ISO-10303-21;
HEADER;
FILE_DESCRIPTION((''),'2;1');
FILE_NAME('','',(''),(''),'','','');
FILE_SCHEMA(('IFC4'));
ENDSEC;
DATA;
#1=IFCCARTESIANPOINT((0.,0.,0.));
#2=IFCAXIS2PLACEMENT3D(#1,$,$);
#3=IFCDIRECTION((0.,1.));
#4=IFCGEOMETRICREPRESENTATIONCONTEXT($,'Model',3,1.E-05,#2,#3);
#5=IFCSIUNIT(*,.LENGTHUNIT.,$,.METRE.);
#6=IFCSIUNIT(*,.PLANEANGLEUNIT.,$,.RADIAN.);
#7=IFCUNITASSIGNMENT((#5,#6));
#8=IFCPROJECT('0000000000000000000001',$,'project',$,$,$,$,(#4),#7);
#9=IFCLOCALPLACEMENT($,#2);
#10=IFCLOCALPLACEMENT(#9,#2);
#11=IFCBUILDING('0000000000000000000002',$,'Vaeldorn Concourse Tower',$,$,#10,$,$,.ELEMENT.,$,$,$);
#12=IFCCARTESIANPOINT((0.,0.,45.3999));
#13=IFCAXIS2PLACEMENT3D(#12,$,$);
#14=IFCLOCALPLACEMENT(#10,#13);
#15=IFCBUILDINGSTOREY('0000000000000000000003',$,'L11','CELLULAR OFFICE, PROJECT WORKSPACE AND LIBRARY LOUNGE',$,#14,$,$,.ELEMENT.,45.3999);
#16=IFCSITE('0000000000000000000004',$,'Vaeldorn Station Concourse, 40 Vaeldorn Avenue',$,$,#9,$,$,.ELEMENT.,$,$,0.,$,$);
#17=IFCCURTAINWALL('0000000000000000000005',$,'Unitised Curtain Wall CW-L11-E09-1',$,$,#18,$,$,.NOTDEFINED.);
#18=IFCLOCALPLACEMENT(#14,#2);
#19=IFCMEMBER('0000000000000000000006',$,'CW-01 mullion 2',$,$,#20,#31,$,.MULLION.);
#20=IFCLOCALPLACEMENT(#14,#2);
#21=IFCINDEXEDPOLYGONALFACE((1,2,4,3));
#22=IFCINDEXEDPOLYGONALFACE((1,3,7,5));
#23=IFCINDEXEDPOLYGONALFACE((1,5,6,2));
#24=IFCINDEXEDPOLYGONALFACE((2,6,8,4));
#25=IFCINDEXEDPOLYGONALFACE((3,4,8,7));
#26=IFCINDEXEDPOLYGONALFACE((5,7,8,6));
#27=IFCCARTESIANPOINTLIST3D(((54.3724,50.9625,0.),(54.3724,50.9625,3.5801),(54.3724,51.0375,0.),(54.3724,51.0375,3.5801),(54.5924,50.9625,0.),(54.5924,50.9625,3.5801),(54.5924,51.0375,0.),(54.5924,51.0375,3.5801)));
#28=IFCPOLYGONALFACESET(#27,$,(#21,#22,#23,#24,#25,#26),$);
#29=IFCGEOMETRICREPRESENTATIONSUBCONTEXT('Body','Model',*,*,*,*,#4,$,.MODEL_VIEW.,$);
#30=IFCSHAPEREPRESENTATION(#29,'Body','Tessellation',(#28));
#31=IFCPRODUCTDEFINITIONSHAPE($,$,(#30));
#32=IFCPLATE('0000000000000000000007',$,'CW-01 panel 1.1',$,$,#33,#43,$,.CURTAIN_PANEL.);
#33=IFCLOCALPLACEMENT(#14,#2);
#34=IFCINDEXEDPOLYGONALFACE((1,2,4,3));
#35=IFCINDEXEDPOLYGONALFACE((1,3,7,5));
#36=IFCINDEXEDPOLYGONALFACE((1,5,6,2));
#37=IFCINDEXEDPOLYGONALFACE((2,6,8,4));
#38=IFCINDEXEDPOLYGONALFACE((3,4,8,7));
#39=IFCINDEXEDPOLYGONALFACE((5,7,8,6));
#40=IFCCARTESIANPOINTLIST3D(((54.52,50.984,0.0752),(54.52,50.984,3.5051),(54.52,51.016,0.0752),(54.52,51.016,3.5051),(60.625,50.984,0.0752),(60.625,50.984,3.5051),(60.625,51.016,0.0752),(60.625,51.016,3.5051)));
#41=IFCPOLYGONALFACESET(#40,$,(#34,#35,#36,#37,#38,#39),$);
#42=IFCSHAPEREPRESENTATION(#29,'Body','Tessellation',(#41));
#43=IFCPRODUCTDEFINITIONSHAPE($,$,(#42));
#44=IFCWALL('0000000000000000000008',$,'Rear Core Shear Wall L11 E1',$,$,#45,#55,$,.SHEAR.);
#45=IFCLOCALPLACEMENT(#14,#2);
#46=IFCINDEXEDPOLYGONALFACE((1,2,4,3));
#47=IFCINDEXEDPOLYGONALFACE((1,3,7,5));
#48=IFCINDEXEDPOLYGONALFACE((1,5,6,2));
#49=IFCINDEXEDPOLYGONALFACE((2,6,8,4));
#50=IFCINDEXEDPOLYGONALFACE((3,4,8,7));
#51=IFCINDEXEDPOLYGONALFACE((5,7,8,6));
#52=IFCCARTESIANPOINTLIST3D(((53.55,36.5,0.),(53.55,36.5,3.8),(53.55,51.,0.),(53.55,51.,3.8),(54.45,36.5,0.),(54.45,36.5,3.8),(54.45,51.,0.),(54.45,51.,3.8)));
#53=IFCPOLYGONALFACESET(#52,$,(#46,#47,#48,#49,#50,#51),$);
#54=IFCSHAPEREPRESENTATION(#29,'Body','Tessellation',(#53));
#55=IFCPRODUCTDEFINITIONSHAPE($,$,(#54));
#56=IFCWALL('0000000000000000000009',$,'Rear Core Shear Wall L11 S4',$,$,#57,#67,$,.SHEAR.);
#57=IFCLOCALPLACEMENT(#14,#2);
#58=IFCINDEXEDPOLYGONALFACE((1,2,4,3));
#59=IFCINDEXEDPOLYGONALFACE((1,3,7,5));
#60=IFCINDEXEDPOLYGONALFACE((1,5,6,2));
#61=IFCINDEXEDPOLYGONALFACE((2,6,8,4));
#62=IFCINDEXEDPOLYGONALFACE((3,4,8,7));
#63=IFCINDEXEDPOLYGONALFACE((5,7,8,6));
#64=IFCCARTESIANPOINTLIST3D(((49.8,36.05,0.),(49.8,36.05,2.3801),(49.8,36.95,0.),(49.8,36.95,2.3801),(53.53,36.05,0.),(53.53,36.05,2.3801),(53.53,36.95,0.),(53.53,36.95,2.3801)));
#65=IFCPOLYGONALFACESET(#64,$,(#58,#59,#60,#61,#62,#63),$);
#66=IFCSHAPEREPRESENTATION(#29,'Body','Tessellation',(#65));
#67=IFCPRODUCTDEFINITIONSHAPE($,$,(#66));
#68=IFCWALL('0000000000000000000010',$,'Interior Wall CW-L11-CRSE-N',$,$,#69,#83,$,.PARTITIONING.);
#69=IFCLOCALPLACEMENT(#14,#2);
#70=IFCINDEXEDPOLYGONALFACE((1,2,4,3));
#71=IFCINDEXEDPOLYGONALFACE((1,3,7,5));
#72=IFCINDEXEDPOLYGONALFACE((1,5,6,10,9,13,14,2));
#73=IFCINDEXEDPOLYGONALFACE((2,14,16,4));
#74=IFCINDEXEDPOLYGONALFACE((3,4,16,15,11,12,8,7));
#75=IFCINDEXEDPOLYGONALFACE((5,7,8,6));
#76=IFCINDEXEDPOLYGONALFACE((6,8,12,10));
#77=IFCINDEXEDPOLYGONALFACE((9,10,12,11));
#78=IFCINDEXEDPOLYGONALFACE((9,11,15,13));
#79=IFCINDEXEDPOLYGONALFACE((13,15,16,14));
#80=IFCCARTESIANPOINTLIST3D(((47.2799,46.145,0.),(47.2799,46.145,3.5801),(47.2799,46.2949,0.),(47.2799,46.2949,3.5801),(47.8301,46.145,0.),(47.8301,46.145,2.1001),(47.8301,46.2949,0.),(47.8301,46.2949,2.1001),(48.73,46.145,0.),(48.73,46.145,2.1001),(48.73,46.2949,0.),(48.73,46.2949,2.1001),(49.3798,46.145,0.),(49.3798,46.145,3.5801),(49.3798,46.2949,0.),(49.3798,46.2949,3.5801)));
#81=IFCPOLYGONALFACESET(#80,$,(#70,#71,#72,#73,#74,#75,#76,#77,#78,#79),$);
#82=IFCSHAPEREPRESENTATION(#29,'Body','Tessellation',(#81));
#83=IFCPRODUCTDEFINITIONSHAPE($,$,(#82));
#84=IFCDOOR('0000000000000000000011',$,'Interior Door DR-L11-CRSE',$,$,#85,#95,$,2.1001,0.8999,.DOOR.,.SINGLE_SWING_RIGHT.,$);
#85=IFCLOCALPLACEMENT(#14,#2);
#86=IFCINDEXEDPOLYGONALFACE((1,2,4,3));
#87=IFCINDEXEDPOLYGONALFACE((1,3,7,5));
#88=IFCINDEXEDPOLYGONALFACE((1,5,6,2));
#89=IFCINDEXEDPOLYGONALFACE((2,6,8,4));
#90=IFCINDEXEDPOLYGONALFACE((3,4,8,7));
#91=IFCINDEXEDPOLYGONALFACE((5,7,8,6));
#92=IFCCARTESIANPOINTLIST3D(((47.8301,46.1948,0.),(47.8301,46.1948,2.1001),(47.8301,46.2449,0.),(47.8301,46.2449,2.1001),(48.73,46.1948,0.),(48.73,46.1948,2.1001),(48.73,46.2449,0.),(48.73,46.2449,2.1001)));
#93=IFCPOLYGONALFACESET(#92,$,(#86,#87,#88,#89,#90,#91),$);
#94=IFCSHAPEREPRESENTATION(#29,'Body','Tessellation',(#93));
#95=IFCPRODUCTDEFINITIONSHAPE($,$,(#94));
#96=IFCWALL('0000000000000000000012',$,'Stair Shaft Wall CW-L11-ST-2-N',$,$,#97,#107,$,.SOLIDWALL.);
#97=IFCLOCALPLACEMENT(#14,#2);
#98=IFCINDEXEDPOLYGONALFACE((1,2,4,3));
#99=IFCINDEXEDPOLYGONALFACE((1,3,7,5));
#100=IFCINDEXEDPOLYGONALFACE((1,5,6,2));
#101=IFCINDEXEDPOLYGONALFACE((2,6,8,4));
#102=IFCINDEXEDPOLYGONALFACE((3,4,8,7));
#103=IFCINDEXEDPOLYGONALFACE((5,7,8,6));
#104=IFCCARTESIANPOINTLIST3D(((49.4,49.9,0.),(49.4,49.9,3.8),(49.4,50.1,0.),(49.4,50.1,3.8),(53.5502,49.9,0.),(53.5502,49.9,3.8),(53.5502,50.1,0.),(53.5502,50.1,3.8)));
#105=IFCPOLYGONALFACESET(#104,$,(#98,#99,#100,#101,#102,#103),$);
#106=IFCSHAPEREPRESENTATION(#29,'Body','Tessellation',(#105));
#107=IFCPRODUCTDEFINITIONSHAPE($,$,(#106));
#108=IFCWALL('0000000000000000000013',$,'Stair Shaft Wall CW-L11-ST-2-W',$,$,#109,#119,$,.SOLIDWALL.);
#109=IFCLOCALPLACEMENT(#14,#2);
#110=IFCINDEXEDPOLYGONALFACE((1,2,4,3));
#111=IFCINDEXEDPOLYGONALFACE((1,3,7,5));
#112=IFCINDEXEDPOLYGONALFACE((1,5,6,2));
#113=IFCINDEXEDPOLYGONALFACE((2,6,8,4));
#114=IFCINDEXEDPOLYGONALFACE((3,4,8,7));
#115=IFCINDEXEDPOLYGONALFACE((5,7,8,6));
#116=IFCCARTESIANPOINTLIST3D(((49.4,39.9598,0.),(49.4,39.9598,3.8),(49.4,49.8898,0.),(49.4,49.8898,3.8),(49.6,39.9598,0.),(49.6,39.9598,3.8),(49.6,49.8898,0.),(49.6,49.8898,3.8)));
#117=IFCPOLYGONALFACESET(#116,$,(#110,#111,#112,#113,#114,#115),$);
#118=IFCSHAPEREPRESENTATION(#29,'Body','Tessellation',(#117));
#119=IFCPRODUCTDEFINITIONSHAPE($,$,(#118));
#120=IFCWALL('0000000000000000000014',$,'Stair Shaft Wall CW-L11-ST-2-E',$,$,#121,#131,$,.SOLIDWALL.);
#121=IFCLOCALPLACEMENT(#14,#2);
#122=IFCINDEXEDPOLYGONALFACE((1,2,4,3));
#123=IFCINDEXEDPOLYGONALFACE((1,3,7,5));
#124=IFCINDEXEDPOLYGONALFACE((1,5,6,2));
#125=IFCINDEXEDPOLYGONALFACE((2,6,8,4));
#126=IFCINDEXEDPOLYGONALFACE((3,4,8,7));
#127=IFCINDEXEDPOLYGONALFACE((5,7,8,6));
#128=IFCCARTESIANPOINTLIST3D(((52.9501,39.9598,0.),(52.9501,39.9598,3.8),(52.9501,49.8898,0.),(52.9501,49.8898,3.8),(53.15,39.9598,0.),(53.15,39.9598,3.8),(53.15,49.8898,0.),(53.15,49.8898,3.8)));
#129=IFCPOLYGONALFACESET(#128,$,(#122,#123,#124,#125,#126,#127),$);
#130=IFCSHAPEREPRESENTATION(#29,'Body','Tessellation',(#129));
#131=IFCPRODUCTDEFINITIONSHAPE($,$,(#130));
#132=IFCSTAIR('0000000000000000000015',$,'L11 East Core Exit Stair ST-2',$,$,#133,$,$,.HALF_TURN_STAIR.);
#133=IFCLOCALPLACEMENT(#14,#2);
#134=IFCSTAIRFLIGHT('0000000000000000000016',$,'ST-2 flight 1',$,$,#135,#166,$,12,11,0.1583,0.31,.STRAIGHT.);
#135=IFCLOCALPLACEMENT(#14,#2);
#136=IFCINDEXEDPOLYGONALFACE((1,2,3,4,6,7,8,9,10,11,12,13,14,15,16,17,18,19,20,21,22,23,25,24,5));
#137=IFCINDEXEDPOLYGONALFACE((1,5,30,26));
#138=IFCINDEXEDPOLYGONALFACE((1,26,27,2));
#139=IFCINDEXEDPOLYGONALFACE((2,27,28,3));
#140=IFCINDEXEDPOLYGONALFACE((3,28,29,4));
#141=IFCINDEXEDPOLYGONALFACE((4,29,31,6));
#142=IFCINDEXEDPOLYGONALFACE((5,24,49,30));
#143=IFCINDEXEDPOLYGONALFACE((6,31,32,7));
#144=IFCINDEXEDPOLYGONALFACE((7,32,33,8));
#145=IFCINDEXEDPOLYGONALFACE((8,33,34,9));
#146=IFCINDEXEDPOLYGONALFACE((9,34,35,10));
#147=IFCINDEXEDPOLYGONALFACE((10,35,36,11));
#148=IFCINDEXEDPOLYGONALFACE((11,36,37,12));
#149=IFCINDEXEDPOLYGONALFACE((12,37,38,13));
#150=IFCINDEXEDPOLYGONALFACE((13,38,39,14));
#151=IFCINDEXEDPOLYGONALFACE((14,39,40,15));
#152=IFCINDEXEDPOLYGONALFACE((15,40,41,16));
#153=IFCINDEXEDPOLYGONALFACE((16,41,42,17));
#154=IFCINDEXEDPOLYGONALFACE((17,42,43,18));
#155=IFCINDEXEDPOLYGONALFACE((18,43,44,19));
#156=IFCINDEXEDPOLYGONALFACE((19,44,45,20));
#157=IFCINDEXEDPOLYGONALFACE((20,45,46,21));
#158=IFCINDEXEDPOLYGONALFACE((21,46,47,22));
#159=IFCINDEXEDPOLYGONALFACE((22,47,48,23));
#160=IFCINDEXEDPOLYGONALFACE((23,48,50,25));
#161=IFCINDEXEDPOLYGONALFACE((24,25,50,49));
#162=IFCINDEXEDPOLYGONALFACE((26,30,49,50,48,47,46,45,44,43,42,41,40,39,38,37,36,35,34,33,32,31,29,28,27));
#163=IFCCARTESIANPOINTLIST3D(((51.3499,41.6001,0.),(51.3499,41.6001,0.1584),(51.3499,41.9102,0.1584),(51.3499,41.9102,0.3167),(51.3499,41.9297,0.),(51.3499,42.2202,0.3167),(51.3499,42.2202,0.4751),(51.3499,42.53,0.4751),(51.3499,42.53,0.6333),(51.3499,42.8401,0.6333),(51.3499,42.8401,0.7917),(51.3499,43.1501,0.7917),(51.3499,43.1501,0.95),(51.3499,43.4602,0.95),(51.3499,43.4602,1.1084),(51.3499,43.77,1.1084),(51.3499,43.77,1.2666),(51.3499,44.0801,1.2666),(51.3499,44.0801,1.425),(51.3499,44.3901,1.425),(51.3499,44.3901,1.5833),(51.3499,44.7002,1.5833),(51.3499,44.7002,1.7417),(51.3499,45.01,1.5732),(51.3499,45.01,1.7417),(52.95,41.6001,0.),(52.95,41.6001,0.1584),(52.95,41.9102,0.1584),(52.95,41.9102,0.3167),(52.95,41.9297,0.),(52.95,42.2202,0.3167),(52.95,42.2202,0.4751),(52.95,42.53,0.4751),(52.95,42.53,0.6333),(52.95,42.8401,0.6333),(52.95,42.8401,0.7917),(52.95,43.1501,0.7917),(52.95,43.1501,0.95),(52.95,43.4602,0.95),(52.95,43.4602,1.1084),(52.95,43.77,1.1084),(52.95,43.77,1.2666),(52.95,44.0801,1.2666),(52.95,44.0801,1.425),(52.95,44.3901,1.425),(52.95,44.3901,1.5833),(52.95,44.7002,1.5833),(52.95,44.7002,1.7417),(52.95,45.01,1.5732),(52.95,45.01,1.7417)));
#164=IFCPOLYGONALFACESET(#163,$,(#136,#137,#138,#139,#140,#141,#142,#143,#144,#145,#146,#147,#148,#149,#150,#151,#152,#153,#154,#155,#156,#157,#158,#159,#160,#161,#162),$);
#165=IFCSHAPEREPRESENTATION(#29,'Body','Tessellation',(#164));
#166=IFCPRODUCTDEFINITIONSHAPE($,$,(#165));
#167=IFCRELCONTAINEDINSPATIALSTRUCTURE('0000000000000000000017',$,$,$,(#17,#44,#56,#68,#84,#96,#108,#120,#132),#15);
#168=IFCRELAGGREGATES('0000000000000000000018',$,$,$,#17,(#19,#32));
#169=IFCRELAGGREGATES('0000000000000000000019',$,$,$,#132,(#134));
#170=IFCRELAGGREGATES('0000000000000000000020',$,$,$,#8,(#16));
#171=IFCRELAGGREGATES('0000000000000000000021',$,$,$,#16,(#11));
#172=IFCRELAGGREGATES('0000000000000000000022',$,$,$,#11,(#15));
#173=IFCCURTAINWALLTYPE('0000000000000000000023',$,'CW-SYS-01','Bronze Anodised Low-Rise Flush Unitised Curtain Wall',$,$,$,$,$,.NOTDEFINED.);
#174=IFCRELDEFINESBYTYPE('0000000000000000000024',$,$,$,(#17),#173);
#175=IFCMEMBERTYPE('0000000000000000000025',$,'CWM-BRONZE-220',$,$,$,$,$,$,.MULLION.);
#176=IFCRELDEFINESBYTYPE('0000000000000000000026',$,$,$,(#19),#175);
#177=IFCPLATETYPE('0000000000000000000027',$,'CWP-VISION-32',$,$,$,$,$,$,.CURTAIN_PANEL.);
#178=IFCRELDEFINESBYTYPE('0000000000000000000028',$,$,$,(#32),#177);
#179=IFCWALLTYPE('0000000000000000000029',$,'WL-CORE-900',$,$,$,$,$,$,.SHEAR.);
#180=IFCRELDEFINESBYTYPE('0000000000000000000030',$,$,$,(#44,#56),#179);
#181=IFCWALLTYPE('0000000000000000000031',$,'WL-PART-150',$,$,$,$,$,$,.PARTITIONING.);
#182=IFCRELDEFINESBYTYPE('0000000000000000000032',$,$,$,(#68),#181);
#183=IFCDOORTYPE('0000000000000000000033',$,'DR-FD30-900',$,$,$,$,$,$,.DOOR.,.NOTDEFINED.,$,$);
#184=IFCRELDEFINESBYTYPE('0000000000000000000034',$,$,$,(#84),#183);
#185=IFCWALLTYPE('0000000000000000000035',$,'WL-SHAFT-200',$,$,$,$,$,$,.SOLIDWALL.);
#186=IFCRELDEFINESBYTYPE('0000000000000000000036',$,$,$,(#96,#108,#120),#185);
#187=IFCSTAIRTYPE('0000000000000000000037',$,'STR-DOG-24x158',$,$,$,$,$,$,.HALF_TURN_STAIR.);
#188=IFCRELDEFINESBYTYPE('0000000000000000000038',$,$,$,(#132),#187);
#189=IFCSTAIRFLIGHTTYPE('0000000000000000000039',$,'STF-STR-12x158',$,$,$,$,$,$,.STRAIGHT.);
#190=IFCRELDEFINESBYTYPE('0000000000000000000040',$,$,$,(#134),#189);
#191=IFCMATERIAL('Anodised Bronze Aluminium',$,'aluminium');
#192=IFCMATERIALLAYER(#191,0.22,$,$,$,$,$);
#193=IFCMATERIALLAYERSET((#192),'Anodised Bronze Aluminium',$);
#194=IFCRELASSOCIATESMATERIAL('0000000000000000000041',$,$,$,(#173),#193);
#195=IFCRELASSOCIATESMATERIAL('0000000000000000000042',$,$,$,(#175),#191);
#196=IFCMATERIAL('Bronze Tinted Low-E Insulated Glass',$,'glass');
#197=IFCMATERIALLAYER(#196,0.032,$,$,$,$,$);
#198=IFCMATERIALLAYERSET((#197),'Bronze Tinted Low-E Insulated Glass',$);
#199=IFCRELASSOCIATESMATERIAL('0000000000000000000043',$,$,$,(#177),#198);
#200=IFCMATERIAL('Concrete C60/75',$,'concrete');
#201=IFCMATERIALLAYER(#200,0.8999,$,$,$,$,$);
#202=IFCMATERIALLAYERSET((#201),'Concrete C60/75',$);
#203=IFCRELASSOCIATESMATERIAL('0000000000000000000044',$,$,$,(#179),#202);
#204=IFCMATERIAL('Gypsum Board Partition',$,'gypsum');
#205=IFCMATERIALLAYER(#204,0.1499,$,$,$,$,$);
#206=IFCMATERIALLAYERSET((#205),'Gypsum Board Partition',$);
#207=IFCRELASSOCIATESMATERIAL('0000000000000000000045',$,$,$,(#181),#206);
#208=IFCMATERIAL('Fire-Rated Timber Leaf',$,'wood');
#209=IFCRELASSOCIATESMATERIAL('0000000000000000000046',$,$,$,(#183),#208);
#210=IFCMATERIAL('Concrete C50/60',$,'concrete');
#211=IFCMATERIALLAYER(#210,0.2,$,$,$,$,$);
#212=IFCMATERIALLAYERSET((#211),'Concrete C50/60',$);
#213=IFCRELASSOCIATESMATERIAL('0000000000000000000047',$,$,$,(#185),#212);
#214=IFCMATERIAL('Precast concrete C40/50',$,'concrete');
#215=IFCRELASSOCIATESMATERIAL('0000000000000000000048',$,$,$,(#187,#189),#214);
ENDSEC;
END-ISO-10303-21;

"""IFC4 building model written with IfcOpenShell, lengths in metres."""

from ifc_helpers import new_model, si_unit, direction, frame, frame_2d, origin, origin_2d, place, context, subcontext, project, spatial, polyline, rectangle, outline, extrude, source, transform, mapped, material, layer, layer_set, material_profile, profile_set, type_object, element, fill, aggregate, save


model = new_model("IFC4")

# Units and contexts
model_context = context("Model", 3, precision=1e-05, world=origin(), true_north=direction((0.0, 1.0)))
body_context = subcontext(model_context, "Body", "Model", "MODEL_VIEW")
ifc_project = project(units=[si_unit("LENGTHUNIT", "METRE"), si_unit("PLANEANGLEUNIT", "RADIAN")], contexts=[model_context])

# Site, building, storey
site_placement = place(None, origin())
site = spatial("IfcSite", under=ifc_project, at=site_placement, Name="Vaeldorn Station Concourse, 40 Vaeldorn Avenue", CompositionType="ELEMENT", RefElevation=0.0)
building_placement = place(site_placement, origin())
building = spatial("IfcBuilding", under=site, at=building_placement, Name="Vaeldorn Concourse Tower", CompositionType="ELEMENT")
storey_placement = place(building_placement, frame((0.0, 0.0, 45.3999)))
storey = spatial("IfcBuildingStorey", under=building, at=storey_placement, Name="L11", Description="CELLULAR OFFICE, PROJECT WORKSPACE AND LIBRARY LOUNGE", CompositionType="ELEMENT", Elevation=45.3999)

# Shared definitions
ifc_material_1 = material(Name="Concrete C60/75", Category="concrete")

# Curtain wall, member, plate
ifc_material_2 = material(Name="Anodised Bronze Aluminium", Category="aluminium")
ifc_layer_1 = layer(ifc_material_2, 0.22)
ifc_layer_set_1 = layer_set([ifc_layer_1], Name="Anodised Bronze Aluminium")
curtain_wall_type = type_object("IfcCurtainWallType", Name="CW-SYS-01", Description="Bronze Anodised Low-Rise Flush Unitised Curtain Wall", PredefinedType="NOTDEFINED", material=ifc_layer_set_1)
curtain_wall_placement = place(storey_placement, origin())
curtain_wall = element("IfcCurtainWall", 1, at=curtain_wall_placement, inside=storey, type_object=curtain_wall_type, Name="Unitised Curtain Wall CW-L11-E09-1", PredefinedType="NOTDEFINED")
ifc_material_profile_1 = material_profile(ifc_material_2, rectangle(XDim=0.075, YDim=0.22, at=origin_2d()), Name="CWM 75x220")
ifc_profile_set_1 = profile_set([ifc_material_profile_1], Name="Anodised Bronze Aluminium")
member_type = type_object("IfcMemberType", Name="CWM-BRONZE-220", PredefinedType="MULLION", material=ifc_profile_set_1)
shared_shape_1 = source(origin(), body_context, "Body", "SweptSolid", [
    extrude(rectangle(XDim=0.075, YDim=0.22, at=origin_2d()), origin(), (0.0, 0.0, 1.0), 3.5801),
])
member_placement = place(storey_placement, frame((54.4824, 51.0, 0.0), z_axis=(0.0, 0.0, 1.0), x_axis=(0.0, -1.0, 0.0)))
member = element("IfcMember", 2, at=member_placement, type_object=member_type, Name="CW-01 mullion 2", PredefinedType="MULLION", context=body_context, shape_type="MappedRepresentation", body=[
    mapped(shared_shape_1, transform((0.0, 0.0, 0.0), scale=1.0)),
])
ifc_material_3 = material(Name="Bronze Tinted Low-E Insulated Glass", Category="glass")
ifc_layer_2 = layer(ifc_material_3, 0.032)
ifc_layer_set_2 = layer_set([ifc_layer_2], Name="Bronze Tinted Low-E Insulated Glass")
plate_type = type_object("IfcPlateType", Name="CWP-VISION-32", PredefinedType="CURTAIN_PANEL", material=ifc_layer_set_2)
shared_shape_2 = source(origin(), body_context, "Body", "SweptSolid", [
    extrude(rectangle(XDim=6.105, YDim=0.032, at=origin_2d()), origin(), (0.0, 0.0, 1.0), 3.4299),
])
plate_placement = place(storey_placement, frame((57.5725, 51.0, 0.0752), z_axis=(0.0, 0.0, 1.0), x_axis=(-1.0, 0.0, 0.0)))
plate = element("IfcPlate", 3, at=plate_placement, type_object=plate_type, Name="CW-01 panel 1.1", PredefinedType="CURTAIN_PANEL", context=body_context, shape_type="MappedRepresentation", body=[
    mapped(shared_shape_2, transform((0.0, 0.0, 0.0), scale=1.0)),
])
aggregate(curtain_wall, [member, plate])

# Walls
ifc_layer_3 = layer(ifc_material_1, 0.8999)
ifc_layer_set_3 = layer_set([ifc_layer_3], Name="Concrete C60/75")
wall_type_1 = type_object("IfcWallType", Name="WL-CORE-900", PredefinedType="SHEAR", material=ifc_layer_set_3)
wall_1_placement = place(storey_placement, frame((54.0, 36.5, 0.0), z_axis=(0.0, 0.0, 1.0), x_axis=(0.0, 1.0, 0.0)))
element("IfcWall", 4, at=wall_1_placement, inside=storey, type_object=wall_type_1, Name="Rear Core Shear Wall L11 E1", PredefinedType="SHEAR", context=body_context, shape_type="SweptSolid", body=[
    extrude(rectangle(XDim=14.5, YDim=0.8999, at=frame_2d((7.25, 0.0))), origin(), (0.0, 0.0, 1.0), 3.8),
])
wall_2_placement = place(storey_placement, frame((49.8, 36.5, 0.0), z_axis=(0.0, 0.0, 1.0), x_axis=(1.0, 0.0, 0.0)))
element("IfcWall", 5, at=wall_2_placement, inside=storey, type_object=wall_type_1, Name="Rear Core Shear Wall L11 S4", PredefinedType="SHEAR", context=body_context, shape_type="SweptSolid", body=[
    extrude(rectangle(XDim=3.73, YDim=0.8999, at=frame_2d((1.865, 0.0))), origin(), (0.0, 0.0, 1.0), 2.3801),
])

# Wall, opening, door
ifc_material_4 = material(Name="Gypsum Board Partition", Category="gypsum")
ifc_layer_4 = layer(ifc_material_4, 0.1499)
ifc_layer_set_4 = layer_set([ifc_layer_4], Name="Gypsum Board Partition")
wall_type_2 = type_object("IfcWallType", Name="WL-PART-150", PredefinedType="PARTITIONING", material=ifc_layer_set_4)
wall_3_placement = place(storey_placement, frame((47.28, 46.22, 0.0), z_axis=(0.0, 0.0, 1.0), x_axis=(1.0, 0.0, 0.0)))
wall_3 = element("IfcWall", 6, at=wall_3_placement, inside=storey, type_object=wall_type_2, Name="Interior Wall CW-L11-CRSE-N", PredefinedType="PARTITIONING", context=body_context, shape_type="SweptSolid", body=[
    extrude(rectangle(XDim=2.0999, YDim=0.1499, at=frame_2d((1.0498, 0.0))), origin(), (0.0, 0.0, 1.0), 3.5801),
])
opening_1_placement = place(wall_3_placement, frame((0.55, 0.0, 0.0)))
opening_1 = element("IfcOpeningElement", 7, at=opening_1_placement, cuts=wall_3, PredefinedType="OPENING", context=body_context, shape_type="SweptSolid", body=[
    extrude(rectangle(XDim=0.8999, YDim=2.1001, at=frame_2d((0.45, 1.05))), frame((0.0, 0.085, 0.0), z_axis=(0.0, -1.0, 0.0), x_axis=(1.0, 0.0, 0.0)), (0.0, 0.0, 1.0), 0.1699),
])
ifc_material_5 = material(Name="Fire-Rated Timber Leaf", Category="wood")
door_type_1 = type_object("IfcDoorType", Name="DR-FD30-900", OperationType="NOTDEFINED", PredefinedType="DOOR", material=ifc_material_5)
shared_shape_3 = source(origin(), body_context, "Body", "SweptSolid", [
    extrude(rectangle(XDim=0.8999, YDim=2.1001, at=frame_2d((0.45, 1.05))), frame((0.0, 0.0249, 0.0), z_axis=(0.0, -1.0, 0.0), x_axis=(1.0, 0.0, 0.0)), (0.0, 0.0, 1.0), 0.05),
])
door_1_placement = place(opening_1_placement, origin())
door_1 = element("IfcDoor", 8, at=door_1_placement, inside=storey, type_object=door_type_1, Name="Interior Door DR-L11-CRSE", OperationType="SINGLE_SWING_RIGHT", OverallHeight=2.1001, OverallWidth=0.8999, PredefinedType="DOOR", context=body_context, shape_type="MappedRepresentation", body=[
    mapped(shared_shape_3, transform((0.0, 0.0, 0.0), scale=1.0)),
])
fill(opening_1, door_1)
ifc_material_6 = material(Name="Concrete C50/60", Category="concrete")
ifc_layer_5 = layer(ifc_material_6, 0.2)
ifc_layer_set_5 = layer_set([ifc_layer_5], Name="Concrete C50/60")
wall_type_3 = type_object("IfcWallType", Name="WL-SHAFT-200", PredefinedType="SOLIDWALL", material=ifc_layer_set_5)

# Walls
wall_4_placement = place(storey_placement, frame((49.3999, 50.0, 0.0), z_axis=(0.0, 0.0, 1.0), x_axis=(1.0, 0.0, 0.0)))
element("IfcWall", 9, at=wall_4_placement, inside=storey, type_object=wall_type_3, Name="Stair Shaft Wall CW-L11-ST-2-N", PredefinedType="SOLIDWALL", context=body_context, shape_type="SweptSolid", body=[
    extrude(rectangle(XDim=4.1501, YDim=0.2, at=frame_2d((2.0752, 0.0))), origin(), (0.0, 0.0, 1.0), 3.8),
])
for number, where, z_axis, x_axis, name in (
    (10, (49.5, 39.96, 0.0), (0.0, 0.0, 1.0), (0.0, 1.0, 0.0), "Stair Shaft Wall CW-L11-ST-2-W"),
    (11, (53.05, 39.96, 0.0), (0.0, 0.0, 1.0), (0.0, 1.0, 0.0), "Stair Shaft Wall CW-L11-ST-2-E"),
):
    element("IfcWall", number, at=place(storey_placement, frame(where, z_axis=z_axis, x_axis=x_axis)), inside=storey, type_object=wall_type_3, Name=name, PredefinedType="SOLIDWALL", context=body_context, shape_type="SweptSolid", body=[
        extrude(rectangle(XDim=9.9299, YDim=0.2, at=frame_2d((4.9648, 0.0))), origin(), (0.0, 0.0, 1.0), 3.8),
    ])

# Stair, stair flight
ifc_material_7 = material(Name="Precast concrete C40/50", Category="concrete")
stair_type = type_object("IfcStairType", Name="STR-DOG-24x158", PredefinedType="HALF_TURN_STAIR", material=ifc_material_7)
stair_placement = place(storey_placement, origin())
stair = element("IfcStair", 12, at=stair_placement, inside=storey, type_object=stair_type, Name="L11 East Core Exit Stair ST-2", PredefinedType="HALF_TURN_STAIR")
stair_flight_type = type_object("IfcStairFlightType", Name="STF-STR-12x158", PredefinedType="STRAIGHT", material=ifc_material_7)
stair_flight_1_placement = place(storey_placement, frame((52.1499, 41.6001, 0.0), z_axis=(0.0, 0.0, 1.0), x_axis=(0.0, 1.0, 0.0)))
stair_flight_1 = element("IfcStairFlight", 13, at=stair_flight_1_placement, type_object=stair_flight_type, Name="ST-2 flight 1", NumberOfRisers=12, NumberOfTreads=11, PredefinedType="STRAIGHT", RiserHeight=0.1583, TreadLength=0.31, context=body_context, shape_type="SweptSolid", body=[
    extrude(outline(polyline([(0.0, 0.0), (0.0, 0.1584), (0.3101, 0.1584), (0.3101, 0.3167), (0.6201, 0.3167), (0.6201, 0.4751), (0.9299, 0.4751), (0.9299, 0.6333), (1.24, 0.6333), (1.24, 0.7917), (1.55, 0.7917), (1.55, 0.95), (1.8601, 0.95), (1.8601, 1.1084), (2.1699, 1.1084), (2.1699, 1.2666), (2.48, 1.2666), (2.48, 1.425), (2.79, 1.425), (2.79, 1.5833), (3.1001, 1.5833), (3.1001, 1.7417), (3.4099, 1.7417), (3.4099, 1.8999), (3.4099, 1.5732), (0.3296, 0.0), (0.0, 0.0)])), frame((0.0, 0.8, 0.0), z_axis=(0.0, -1.0, 0.0), x_axis=(1.0, 0.0, 0.0)), (0.0, 0.0, 1.0), 1.6001),
])
aggregate(stair, [stair_flight_1])

save(model, "model.ifc")
